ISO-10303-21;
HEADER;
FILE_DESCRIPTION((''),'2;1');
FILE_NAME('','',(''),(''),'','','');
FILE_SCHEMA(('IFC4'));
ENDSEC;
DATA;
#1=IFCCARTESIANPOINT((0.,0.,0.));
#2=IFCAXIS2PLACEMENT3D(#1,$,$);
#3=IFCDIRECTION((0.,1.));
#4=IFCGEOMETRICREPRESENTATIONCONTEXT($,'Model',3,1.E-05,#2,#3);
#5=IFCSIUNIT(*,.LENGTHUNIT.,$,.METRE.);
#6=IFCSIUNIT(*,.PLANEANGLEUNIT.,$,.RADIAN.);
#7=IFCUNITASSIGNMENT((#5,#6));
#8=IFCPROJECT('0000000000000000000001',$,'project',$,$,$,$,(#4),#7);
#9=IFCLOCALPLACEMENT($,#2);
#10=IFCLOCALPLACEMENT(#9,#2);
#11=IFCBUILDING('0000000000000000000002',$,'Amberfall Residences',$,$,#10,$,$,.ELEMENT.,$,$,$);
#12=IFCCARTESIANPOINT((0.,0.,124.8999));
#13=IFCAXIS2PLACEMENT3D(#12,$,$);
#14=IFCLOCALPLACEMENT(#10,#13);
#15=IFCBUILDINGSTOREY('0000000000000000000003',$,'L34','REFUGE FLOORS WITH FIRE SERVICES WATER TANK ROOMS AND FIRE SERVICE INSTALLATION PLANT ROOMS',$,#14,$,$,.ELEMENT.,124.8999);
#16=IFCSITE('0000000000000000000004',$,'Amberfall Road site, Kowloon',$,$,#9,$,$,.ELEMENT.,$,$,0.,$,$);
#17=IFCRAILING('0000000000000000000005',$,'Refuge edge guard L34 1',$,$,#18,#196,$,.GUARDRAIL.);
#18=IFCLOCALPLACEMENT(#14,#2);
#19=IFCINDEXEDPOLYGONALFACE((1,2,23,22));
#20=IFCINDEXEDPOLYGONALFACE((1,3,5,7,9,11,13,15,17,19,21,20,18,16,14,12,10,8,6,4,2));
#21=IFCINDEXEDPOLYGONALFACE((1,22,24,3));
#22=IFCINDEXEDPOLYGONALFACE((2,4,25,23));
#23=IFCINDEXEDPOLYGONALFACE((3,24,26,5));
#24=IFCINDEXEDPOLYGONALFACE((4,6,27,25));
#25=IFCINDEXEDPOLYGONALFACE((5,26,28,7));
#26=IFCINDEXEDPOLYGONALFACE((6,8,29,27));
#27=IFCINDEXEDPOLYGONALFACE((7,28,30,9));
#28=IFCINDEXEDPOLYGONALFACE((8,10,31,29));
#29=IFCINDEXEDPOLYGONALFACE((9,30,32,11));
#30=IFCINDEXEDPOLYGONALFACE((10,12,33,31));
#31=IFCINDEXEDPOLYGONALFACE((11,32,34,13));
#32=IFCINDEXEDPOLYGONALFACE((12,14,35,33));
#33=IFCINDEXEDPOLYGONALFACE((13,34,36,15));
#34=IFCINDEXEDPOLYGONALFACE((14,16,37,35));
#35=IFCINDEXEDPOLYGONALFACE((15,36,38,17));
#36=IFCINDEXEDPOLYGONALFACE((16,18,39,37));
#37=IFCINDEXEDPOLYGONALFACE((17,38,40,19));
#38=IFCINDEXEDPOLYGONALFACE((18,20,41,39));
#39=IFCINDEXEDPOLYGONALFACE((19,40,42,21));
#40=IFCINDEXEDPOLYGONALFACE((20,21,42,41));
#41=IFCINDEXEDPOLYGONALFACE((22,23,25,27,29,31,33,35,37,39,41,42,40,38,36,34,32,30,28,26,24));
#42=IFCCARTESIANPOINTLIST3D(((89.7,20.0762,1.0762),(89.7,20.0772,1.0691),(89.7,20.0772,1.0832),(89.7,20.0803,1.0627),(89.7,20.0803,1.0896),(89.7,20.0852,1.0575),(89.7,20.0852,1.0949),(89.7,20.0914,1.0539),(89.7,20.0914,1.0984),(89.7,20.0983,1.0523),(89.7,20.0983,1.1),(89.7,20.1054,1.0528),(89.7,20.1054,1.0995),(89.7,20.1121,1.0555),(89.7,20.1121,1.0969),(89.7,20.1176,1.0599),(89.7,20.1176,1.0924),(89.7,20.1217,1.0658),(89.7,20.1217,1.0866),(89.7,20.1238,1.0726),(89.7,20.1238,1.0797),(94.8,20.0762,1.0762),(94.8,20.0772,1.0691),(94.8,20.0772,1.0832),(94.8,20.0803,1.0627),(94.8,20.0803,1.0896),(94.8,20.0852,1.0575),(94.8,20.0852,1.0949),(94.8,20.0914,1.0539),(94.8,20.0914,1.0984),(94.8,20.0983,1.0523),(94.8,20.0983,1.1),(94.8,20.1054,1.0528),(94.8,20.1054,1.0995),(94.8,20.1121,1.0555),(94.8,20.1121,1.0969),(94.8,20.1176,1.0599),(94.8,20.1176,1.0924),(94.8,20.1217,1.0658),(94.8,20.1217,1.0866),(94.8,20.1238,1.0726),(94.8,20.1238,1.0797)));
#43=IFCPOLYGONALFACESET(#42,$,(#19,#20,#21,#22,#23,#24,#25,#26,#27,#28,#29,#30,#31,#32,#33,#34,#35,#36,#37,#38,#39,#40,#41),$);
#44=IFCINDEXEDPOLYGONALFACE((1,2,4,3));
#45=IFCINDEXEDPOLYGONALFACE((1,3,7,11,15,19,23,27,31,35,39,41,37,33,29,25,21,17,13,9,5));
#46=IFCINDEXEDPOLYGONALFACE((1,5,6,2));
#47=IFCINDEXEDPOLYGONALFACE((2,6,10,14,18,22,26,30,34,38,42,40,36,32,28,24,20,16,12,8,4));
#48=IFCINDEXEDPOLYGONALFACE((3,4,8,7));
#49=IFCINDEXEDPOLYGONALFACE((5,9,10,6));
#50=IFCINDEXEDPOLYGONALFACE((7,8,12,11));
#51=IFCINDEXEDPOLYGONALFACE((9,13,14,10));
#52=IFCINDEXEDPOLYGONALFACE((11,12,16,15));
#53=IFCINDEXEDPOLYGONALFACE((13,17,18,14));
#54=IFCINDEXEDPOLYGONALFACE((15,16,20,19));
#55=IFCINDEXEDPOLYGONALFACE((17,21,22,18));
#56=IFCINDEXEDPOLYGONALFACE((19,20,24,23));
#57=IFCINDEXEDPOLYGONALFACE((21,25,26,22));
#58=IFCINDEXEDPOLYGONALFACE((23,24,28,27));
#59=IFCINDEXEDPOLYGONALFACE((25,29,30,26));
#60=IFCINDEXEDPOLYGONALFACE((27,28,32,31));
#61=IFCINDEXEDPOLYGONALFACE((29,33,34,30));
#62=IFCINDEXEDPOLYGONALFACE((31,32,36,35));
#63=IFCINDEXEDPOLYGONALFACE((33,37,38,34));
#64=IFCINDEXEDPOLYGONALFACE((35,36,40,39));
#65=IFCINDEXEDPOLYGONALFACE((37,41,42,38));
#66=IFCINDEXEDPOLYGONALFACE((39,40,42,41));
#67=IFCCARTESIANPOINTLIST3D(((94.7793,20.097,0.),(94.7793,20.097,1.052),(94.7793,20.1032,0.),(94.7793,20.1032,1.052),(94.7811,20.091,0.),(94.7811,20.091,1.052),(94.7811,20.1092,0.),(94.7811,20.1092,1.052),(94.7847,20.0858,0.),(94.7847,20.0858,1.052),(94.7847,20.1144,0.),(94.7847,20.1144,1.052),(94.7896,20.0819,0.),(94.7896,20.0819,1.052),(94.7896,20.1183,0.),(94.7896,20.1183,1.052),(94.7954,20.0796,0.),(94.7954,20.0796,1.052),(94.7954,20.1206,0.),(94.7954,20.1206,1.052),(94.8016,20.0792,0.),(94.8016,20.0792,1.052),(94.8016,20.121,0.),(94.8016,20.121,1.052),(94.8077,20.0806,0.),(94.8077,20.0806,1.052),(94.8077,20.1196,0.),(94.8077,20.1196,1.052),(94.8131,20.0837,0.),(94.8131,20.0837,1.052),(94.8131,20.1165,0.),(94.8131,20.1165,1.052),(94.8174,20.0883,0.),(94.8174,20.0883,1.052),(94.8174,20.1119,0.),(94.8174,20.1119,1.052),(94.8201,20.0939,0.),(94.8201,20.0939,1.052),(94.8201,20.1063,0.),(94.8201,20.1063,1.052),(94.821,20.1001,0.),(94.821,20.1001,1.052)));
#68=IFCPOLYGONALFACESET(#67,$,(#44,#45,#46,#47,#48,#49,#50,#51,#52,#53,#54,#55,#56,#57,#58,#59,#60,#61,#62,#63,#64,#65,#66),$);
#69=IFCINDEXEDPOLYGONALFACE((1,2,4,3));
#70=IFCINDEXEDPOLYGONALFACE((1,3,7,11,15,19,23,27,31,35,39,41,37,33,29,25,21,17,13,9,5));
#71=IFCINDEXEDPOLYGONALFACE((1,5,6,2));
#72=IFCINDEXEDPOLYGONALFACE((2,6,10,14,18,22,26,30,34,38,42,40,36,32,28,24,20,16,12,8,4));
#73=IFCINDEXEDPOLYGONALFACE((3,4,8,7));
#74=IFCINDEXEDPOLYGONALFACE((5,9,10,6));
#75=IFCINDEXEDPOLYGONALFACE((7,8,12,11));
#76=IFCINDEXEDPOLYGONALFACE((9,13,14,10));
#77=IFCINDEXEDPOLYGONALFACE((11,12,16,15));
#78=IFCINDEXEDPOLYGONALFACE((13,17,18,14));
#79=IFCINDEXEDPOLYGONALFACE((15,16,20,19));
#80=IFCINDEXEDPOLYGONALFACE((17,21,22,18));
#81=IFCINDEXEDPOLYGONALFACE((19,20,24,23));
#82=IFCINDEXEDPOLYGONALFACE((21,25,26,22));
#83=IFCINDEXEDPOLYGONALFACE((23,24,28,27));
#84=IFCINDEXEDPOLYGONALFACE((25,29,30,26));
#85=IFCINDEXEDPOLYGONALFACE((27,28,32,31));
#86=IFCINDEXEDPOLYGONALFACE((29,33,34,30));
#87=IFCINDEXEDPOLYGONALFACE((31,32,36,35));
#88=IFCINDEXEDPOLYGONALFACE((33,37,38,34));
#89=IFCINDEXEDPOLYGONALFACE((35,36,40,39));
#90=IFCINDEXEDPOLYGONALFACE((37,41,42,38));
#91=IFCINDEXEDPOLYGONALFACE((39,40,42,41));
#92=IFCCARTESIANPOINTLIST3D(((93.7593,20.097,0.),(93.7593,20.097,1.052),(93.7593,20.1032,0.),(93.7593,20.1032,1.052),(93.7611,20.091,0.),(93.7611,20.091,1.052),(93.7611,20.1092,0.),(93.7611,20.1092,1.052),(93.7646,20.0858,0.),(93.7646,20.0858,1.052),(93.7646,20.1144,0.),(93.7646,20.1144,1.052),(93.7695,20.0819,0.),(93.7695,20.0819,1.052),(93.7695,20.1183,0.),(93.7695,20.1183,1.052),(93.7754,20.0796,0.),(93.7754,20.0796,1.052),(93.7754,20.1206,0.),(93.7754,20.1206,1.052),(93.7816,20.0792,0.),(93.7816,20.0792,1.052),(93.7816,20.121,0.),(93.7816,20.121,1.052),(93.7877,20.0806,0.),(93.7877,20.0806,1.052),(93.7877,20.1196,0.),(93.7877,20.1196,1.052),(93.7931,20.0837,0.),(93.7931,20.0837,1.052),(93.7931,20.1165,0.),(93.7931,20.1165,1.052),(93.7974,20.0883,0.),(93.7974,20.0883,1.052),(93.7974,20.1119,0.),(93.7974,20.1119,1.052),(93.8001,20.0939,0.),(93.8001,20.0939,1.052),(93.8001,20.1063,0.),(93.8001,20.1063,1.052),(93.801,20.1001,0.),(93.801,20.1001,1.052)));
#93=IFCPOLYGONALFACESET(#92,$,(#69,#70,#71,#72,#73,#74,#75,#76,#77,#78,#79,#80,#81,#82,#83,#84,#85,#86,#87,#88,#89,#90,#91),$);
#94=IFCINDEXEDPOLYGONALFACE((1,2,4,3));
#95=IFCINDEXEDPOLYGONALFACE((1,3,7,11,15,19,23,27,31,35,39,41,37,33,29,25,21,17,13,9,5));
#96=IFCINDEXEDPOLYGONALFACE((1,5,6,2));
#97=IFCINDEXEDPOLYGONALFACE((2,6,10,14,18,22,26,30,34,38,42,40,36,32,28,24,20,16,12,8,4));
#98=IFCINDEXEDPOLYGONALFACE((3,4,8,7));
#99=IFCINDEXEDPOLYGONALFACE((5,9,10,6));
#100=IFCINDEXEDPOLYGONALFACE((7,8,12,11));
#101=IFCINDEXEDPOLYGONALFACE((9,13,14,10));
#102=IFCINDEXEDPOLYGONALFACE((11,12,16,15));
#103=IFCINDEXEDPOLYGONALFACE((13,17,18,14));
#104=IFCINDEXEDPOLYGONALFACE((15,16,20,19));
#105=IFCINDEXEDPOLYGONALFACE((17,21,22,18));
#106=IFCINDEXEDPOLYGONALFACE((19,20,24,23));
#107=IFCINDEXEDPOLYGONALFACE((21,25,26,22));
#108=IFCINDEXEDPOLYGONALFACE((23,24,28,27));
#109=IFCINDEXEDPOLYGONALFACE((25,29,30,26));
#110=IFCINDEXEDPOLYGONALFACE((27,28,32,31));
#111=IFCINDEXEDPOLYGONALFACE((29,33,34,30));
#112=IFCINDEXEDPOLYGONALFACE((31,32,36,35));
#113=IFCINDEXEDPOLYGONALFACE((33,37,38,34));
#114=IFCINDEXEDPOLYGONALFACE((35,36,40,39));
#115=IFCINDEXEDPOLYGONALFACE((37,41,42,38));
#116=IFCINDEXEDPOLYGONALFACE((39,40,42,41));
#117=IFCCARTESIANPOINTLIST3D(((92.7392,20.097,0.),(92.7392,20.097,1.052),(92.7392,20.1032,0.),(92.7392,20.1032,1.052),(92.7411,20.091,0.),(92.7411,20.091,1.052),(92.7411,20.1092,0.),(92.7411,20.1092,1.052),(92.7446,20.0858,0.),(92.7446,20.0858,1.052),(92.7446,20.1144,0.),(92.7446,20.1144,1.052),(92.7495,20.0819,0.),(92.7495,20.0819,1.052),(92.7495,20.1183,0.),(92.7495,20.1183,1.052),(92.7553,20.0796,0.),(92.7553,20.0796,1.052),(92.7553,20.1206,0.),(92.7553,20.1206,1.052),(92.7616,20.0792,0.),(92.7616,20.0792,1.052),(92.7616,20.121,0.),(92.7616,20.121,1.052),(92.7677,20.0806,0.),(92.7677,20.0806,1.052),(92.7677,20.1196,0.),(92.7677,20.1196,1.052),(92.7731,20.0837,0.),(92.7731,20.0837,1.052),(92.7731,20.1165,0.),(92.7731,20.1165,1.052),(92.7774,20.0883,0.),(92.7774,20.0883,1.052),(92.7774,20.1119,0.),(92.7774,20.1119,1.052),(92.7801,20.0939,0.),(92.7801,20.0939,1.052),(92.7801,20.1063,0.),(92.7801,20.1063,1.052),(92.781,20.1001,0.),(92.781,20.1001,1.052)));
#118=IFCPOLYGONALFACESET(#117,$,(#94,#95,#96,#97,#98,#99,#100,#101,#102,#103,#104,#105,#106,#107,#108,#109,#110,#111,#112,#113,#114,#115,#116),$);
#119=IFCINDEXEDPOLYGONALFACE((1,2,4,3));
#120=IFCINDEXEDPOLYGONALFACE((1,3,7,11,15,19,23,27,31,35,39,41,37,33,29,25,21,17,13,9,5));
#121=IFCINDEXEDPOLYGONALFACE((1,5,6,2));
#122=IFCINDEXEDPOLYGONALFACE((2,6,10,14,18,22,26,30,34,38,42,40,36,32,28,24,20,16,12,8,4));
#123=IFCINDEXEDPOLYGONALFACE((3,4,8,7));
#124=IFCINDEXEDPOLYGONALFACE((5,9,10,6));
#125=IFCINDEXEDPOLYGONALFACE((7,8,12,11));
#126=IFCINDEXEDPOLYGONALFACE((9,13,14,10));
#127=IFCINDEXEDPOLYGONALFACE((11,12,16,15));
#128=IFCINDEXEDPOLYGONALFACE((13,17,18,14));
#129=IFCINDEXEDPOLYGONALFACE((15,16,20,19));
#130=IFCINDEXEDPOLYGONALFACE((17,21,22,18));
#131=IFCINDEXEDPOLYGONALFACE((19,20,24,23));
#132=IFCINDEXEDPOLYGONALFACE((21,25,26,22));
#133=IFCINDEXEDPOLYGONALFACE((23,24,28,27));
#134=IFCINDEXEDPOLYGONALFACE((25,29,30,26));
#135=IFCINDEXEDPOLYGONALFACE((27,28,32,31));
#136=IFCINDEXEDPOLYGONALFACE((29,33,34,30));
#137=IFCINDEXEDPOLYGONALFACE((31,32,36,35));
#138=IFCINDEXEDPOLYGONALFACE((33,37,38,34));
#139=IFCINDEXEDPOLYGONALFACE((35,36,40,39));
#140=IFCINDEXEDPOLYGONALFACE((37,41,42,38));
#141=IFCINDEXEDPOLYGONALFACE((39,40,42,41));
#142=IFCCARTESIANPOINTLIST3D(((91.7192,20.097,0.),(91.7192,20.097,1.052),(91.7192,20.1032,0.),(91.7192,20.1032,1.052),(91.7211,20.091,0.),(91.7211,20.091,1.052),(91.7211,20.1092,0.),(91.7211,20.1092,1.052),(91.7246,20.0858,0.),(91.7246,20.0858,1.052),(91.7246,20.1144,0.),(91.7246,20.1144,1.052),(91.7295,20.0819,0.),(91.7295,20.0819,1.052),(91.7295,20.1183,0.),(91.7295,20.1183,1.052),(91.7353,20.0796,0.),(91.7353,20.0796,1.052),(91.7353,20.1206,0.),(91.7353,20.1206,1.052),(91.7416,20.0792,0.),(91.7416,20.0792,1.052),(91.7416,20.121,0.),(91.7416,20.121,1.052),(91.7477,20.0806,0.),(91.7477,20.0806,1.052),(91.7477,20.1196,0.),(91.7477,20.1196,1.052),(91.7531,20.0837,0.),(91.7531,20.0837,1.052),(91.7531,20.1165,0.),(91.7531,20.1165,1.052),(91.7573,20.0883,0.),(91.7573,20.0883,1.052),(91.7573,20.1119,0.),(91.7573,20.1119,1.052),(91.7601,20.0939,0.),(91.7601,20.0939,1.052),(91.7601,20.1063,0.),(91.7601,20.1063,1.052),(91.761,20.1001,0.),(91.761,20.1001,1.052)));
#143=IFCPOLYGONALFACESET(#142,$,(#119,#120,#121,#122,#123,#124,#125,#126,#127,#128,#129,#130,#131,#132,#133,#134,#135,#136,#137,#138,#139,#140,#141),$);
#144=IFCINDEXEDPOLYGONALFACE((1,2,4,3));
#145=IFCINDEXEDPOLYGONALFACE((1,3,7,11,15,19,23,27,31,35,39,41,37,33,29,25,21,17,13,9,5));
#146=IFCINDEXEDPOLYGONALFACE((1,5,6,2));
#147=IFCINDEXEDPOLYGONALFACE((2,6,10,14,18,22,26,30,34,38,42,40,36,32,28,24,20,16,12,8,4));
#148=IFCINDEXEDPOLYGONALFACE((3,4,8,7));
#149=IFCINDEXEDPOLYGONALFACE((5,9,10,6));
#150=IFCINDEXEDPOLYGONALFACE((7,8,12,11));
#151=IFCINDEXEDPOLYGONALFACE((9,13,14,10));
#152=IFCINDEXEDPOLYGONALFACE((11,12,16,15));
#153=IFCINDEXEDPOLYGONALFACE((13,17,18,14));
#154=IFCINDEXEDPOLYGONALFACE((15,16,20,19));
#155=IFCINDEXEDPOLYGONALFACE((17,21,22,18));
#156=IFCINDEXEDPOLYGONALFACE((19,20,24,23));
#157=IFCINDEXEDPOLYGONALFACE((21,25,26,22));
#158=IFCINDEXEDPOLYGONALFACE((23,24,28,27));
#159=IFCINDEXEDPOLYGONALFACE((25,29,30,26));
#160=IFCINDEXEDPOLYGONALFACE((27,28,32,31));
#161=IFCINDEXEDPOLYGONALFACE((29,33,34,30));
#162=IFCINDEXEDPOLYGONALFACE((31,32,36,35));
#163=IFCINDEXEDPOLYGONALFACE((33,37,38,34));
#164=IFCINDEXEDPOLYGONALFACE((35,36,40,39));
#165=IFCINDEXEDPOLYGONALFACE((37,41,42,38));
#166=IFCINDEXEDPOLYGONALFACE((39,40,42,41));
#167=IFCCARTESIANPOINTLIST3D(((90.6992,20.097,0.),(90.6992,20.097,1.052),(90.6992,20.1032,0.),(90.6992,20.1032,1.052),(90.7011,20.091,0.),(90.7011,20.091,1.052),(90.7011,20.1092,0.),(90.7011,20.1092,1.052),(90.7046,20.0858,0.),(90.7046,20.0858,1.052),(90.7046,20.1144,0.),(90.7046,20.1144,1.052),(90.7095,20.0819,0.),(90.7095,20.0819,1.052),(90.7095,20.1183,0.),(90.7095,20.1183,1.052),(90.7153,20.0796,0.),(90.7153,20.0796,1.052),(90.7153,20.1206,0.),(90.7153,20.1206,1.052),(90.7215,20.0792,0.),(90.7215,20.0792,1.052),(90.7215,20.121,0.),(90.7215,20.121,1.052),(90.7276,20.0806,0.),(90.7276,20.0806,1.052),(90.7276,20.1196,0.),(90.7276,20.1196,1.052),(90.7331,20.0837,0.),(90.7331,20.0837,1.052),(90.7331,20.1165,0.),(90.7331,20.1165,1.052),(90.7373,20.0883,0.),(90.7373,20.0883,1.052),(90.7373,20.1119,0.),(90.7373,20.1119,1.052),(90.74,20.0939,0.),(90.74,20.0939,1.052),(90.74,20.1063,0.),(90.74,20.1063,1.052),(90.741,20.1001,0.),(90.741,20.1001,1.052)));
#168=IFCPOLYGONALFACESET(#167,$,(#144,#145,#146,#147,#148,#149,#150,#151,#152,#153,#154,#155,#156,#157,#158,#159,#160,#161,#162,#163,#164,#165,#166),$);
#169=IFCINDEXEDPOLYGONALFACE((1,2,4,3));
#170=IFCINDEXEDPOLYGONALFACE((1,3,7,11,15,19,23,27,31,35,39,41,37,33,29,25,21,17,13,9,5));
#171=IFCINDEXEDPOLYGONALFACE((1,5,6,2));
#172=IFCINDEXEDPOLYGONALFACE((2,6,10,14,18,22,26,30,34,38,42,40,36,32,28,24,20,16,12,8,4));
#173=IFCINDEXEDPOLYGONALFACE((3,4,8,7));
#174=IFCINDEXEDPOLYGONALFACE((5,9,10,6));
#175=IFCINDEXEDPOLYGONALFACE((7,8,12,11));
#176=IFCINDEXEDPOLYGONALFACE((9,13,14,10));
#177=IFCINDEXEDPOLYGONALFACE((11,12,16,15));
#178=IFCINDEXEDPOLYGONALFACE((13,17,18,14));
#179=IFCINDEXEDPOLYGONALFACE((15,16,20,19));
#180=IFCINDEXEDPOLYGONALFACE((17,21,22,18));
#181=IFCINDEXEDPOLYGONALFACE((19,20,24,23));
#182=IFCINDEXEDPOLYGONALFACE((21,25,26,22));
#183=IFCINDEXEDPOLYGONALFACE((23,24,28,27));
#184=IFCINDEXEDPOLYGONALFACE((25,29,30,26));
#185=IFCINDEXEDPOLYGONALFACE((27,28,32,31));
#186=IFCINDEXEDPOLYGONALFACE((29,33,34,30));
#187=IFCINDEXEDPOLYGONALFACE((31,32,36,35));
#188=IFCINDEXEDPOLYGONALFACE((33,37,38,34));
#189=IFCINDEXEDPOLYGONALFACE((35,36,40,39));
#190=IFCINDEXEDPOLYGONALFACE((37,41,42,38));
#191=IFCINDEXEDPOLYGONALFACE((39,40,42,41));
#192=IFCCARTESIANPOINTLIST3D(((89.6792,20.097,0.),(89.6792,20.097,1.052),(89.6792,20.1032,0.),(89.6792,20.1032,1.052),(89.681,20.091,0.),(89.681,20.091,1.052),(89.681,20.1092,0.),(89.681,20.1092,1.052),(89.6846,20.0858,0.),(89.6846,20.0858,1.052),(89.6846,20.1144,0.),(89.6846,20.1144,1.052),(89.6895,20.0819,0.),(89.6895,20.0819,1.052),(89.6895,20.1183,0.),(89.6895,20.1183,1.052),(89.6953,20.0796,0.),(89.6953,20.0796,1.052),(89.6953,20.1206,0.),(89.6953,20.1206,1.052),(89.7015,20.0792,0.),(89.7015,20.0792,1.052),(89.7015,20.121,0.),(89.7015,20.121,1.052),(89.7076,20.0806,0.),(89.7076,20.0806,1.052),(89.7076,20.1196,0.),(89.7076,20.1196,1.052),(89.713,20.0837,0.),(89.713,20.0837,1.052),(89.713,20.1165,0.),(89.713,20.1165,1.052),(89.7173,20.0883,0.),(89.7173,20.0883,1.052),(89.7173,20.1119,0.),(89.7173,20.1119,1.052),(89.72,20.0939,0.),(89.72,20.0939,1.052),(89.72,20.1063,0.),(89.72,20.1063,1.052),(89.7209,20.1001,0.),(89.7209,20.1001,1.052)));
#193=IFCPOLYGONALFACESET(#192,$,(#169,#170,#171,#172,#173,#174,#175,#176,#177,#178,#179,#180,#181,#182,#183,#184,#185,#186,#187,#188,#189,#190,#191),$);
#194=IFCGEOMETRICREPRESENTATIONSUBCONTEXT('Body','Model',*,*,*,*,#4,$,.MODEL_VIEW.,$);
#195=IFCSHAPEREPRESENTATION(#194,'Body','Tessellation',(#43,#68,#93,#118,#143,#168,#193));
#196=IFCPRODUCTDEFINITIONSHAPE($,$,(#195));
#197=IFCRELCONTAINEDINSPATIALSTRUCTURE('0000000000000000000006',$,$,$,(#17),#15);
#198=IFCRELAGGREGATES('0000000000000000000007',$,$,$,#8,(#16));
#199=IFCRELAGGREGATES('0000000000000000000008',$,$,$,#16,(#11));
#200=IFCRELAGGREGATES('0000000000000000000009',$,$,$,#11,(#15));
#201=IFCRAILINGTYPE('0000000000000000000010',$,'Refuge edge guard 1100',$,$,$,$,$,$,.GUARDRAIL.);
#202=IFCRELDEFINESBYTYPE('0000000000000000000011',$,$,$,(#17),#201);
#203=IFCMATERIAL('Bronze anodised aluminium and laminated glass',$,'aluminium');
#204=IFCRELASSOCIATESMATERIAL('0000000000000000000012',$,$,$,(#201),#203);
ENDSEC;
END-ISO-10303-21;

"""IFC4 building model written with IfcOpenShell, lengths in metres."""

from ifc_helpers import new_model, si_unit, direction, frame, origin, origin_2d, place, context, subcontext, project, spatial, circle, extrude, material, type_object, element, save


model = new_model("IFC4")

# Units and contexts
model_context = context("Model", 3, precision=1e-05, world=origin(), true_north=direction((0.0, 1.0)))
body_context = subcontext(model_context, "Body", "Model", "MODEL_VIEW")
ifc_project = project(units=[si_unit("LENGTHUNIT", "METRE"), si_unit("PLANEANGLEUNIT", "RADIAN")], contexts=[model_context])

# Site, building, storey
site_placement = place(None, origin())
site = spatial("IfcSite", under=ifc_project, at=site_placement, Name="Amberfall Road site, Kowloon", CompositionType="ELEMENT", RefElevation=0.0)
building_placement = place(site_placement, origin())
building = spatial("IfcBuilding", under=site, at=building_placement, Name="Amberfall Residences", CompositionType="ELEMENT")
storey_placement = place(building_placement, frame((0.0, 0.0, 124.8999)))
storey = spatial("IfcBuildingStorey", under=building, at=storey_placement, Name="L34", Description="REFUGE FLOORS WITH FIRE SERVICES WATER TANK ROOMS AND FIRE SERVICE INSTALLATION PLANT ROOMS", CompositionType="ELEMENT", Elevation=124.8999)

# Railing
ifc_material_1 = material(Name="Bronze anodised aluminium and laminated glass", Category="aluminium")
railing_type = type_object("IfcRailingType", Name="Refuge edge guard 1100", PredefinedType="GUARDRAIL", material=ifc_material_1)
railing_1_placement = place(storey_placement, frame((94.8, 20.1001, 0.0)))
element("IfcRailing", 1, at=railing_1_placement, inside=storey, type_object=railing_type, Name="Refuge edge guard L34 1", PredefinedType="GUARDRAIL", context=body_context, shape_type="SweptSolid", body=[
    extrude(circle(Radius=0.0239, at=origin_2d()), frame((0.0, 0.0, 1.0762), z_axis=(-1.0, 0.0, 0.0), x_axis=(0.0, -1.0, 0.0)), (0.0, 0.0, 1.0), 5.1001),
    extrude(circle(Radius=0.021, at=origin_2d()), origin(), (0.0, 0.0, 1.0), 1.052),
    extrude(circle(Radius=0.021, at=origin_2d()), frame((-1.02, 0.0, 0.0)), (0.0, 0.0, 1.0), 1.052),
    extrude(circle(Radius=0.021, at=origin_2d()), frame((-2.04, 0.0, 0.0)), (0.0, 0.0, 1.0), 1.052),
    extrude(circle(Radius=0.021, at=origin_2d()), frame((-3.0601, 0.0, 0.0)), (0.0, 0.0, 1.0), 1.052),
    extrude(circle(Radius=0.021, at=origin_2d()), frame((-4.0801, 0.0, 0.0)), (0.0, 0.0, 1.0), 1.052),
    extrude(circle(Radius=0.021, at=origin_2d()), frame((-5.1001, 0.0, 0.0)), (0.0, 0.0, 1.0), 1.052),
])

save(model, "model.ifc")
